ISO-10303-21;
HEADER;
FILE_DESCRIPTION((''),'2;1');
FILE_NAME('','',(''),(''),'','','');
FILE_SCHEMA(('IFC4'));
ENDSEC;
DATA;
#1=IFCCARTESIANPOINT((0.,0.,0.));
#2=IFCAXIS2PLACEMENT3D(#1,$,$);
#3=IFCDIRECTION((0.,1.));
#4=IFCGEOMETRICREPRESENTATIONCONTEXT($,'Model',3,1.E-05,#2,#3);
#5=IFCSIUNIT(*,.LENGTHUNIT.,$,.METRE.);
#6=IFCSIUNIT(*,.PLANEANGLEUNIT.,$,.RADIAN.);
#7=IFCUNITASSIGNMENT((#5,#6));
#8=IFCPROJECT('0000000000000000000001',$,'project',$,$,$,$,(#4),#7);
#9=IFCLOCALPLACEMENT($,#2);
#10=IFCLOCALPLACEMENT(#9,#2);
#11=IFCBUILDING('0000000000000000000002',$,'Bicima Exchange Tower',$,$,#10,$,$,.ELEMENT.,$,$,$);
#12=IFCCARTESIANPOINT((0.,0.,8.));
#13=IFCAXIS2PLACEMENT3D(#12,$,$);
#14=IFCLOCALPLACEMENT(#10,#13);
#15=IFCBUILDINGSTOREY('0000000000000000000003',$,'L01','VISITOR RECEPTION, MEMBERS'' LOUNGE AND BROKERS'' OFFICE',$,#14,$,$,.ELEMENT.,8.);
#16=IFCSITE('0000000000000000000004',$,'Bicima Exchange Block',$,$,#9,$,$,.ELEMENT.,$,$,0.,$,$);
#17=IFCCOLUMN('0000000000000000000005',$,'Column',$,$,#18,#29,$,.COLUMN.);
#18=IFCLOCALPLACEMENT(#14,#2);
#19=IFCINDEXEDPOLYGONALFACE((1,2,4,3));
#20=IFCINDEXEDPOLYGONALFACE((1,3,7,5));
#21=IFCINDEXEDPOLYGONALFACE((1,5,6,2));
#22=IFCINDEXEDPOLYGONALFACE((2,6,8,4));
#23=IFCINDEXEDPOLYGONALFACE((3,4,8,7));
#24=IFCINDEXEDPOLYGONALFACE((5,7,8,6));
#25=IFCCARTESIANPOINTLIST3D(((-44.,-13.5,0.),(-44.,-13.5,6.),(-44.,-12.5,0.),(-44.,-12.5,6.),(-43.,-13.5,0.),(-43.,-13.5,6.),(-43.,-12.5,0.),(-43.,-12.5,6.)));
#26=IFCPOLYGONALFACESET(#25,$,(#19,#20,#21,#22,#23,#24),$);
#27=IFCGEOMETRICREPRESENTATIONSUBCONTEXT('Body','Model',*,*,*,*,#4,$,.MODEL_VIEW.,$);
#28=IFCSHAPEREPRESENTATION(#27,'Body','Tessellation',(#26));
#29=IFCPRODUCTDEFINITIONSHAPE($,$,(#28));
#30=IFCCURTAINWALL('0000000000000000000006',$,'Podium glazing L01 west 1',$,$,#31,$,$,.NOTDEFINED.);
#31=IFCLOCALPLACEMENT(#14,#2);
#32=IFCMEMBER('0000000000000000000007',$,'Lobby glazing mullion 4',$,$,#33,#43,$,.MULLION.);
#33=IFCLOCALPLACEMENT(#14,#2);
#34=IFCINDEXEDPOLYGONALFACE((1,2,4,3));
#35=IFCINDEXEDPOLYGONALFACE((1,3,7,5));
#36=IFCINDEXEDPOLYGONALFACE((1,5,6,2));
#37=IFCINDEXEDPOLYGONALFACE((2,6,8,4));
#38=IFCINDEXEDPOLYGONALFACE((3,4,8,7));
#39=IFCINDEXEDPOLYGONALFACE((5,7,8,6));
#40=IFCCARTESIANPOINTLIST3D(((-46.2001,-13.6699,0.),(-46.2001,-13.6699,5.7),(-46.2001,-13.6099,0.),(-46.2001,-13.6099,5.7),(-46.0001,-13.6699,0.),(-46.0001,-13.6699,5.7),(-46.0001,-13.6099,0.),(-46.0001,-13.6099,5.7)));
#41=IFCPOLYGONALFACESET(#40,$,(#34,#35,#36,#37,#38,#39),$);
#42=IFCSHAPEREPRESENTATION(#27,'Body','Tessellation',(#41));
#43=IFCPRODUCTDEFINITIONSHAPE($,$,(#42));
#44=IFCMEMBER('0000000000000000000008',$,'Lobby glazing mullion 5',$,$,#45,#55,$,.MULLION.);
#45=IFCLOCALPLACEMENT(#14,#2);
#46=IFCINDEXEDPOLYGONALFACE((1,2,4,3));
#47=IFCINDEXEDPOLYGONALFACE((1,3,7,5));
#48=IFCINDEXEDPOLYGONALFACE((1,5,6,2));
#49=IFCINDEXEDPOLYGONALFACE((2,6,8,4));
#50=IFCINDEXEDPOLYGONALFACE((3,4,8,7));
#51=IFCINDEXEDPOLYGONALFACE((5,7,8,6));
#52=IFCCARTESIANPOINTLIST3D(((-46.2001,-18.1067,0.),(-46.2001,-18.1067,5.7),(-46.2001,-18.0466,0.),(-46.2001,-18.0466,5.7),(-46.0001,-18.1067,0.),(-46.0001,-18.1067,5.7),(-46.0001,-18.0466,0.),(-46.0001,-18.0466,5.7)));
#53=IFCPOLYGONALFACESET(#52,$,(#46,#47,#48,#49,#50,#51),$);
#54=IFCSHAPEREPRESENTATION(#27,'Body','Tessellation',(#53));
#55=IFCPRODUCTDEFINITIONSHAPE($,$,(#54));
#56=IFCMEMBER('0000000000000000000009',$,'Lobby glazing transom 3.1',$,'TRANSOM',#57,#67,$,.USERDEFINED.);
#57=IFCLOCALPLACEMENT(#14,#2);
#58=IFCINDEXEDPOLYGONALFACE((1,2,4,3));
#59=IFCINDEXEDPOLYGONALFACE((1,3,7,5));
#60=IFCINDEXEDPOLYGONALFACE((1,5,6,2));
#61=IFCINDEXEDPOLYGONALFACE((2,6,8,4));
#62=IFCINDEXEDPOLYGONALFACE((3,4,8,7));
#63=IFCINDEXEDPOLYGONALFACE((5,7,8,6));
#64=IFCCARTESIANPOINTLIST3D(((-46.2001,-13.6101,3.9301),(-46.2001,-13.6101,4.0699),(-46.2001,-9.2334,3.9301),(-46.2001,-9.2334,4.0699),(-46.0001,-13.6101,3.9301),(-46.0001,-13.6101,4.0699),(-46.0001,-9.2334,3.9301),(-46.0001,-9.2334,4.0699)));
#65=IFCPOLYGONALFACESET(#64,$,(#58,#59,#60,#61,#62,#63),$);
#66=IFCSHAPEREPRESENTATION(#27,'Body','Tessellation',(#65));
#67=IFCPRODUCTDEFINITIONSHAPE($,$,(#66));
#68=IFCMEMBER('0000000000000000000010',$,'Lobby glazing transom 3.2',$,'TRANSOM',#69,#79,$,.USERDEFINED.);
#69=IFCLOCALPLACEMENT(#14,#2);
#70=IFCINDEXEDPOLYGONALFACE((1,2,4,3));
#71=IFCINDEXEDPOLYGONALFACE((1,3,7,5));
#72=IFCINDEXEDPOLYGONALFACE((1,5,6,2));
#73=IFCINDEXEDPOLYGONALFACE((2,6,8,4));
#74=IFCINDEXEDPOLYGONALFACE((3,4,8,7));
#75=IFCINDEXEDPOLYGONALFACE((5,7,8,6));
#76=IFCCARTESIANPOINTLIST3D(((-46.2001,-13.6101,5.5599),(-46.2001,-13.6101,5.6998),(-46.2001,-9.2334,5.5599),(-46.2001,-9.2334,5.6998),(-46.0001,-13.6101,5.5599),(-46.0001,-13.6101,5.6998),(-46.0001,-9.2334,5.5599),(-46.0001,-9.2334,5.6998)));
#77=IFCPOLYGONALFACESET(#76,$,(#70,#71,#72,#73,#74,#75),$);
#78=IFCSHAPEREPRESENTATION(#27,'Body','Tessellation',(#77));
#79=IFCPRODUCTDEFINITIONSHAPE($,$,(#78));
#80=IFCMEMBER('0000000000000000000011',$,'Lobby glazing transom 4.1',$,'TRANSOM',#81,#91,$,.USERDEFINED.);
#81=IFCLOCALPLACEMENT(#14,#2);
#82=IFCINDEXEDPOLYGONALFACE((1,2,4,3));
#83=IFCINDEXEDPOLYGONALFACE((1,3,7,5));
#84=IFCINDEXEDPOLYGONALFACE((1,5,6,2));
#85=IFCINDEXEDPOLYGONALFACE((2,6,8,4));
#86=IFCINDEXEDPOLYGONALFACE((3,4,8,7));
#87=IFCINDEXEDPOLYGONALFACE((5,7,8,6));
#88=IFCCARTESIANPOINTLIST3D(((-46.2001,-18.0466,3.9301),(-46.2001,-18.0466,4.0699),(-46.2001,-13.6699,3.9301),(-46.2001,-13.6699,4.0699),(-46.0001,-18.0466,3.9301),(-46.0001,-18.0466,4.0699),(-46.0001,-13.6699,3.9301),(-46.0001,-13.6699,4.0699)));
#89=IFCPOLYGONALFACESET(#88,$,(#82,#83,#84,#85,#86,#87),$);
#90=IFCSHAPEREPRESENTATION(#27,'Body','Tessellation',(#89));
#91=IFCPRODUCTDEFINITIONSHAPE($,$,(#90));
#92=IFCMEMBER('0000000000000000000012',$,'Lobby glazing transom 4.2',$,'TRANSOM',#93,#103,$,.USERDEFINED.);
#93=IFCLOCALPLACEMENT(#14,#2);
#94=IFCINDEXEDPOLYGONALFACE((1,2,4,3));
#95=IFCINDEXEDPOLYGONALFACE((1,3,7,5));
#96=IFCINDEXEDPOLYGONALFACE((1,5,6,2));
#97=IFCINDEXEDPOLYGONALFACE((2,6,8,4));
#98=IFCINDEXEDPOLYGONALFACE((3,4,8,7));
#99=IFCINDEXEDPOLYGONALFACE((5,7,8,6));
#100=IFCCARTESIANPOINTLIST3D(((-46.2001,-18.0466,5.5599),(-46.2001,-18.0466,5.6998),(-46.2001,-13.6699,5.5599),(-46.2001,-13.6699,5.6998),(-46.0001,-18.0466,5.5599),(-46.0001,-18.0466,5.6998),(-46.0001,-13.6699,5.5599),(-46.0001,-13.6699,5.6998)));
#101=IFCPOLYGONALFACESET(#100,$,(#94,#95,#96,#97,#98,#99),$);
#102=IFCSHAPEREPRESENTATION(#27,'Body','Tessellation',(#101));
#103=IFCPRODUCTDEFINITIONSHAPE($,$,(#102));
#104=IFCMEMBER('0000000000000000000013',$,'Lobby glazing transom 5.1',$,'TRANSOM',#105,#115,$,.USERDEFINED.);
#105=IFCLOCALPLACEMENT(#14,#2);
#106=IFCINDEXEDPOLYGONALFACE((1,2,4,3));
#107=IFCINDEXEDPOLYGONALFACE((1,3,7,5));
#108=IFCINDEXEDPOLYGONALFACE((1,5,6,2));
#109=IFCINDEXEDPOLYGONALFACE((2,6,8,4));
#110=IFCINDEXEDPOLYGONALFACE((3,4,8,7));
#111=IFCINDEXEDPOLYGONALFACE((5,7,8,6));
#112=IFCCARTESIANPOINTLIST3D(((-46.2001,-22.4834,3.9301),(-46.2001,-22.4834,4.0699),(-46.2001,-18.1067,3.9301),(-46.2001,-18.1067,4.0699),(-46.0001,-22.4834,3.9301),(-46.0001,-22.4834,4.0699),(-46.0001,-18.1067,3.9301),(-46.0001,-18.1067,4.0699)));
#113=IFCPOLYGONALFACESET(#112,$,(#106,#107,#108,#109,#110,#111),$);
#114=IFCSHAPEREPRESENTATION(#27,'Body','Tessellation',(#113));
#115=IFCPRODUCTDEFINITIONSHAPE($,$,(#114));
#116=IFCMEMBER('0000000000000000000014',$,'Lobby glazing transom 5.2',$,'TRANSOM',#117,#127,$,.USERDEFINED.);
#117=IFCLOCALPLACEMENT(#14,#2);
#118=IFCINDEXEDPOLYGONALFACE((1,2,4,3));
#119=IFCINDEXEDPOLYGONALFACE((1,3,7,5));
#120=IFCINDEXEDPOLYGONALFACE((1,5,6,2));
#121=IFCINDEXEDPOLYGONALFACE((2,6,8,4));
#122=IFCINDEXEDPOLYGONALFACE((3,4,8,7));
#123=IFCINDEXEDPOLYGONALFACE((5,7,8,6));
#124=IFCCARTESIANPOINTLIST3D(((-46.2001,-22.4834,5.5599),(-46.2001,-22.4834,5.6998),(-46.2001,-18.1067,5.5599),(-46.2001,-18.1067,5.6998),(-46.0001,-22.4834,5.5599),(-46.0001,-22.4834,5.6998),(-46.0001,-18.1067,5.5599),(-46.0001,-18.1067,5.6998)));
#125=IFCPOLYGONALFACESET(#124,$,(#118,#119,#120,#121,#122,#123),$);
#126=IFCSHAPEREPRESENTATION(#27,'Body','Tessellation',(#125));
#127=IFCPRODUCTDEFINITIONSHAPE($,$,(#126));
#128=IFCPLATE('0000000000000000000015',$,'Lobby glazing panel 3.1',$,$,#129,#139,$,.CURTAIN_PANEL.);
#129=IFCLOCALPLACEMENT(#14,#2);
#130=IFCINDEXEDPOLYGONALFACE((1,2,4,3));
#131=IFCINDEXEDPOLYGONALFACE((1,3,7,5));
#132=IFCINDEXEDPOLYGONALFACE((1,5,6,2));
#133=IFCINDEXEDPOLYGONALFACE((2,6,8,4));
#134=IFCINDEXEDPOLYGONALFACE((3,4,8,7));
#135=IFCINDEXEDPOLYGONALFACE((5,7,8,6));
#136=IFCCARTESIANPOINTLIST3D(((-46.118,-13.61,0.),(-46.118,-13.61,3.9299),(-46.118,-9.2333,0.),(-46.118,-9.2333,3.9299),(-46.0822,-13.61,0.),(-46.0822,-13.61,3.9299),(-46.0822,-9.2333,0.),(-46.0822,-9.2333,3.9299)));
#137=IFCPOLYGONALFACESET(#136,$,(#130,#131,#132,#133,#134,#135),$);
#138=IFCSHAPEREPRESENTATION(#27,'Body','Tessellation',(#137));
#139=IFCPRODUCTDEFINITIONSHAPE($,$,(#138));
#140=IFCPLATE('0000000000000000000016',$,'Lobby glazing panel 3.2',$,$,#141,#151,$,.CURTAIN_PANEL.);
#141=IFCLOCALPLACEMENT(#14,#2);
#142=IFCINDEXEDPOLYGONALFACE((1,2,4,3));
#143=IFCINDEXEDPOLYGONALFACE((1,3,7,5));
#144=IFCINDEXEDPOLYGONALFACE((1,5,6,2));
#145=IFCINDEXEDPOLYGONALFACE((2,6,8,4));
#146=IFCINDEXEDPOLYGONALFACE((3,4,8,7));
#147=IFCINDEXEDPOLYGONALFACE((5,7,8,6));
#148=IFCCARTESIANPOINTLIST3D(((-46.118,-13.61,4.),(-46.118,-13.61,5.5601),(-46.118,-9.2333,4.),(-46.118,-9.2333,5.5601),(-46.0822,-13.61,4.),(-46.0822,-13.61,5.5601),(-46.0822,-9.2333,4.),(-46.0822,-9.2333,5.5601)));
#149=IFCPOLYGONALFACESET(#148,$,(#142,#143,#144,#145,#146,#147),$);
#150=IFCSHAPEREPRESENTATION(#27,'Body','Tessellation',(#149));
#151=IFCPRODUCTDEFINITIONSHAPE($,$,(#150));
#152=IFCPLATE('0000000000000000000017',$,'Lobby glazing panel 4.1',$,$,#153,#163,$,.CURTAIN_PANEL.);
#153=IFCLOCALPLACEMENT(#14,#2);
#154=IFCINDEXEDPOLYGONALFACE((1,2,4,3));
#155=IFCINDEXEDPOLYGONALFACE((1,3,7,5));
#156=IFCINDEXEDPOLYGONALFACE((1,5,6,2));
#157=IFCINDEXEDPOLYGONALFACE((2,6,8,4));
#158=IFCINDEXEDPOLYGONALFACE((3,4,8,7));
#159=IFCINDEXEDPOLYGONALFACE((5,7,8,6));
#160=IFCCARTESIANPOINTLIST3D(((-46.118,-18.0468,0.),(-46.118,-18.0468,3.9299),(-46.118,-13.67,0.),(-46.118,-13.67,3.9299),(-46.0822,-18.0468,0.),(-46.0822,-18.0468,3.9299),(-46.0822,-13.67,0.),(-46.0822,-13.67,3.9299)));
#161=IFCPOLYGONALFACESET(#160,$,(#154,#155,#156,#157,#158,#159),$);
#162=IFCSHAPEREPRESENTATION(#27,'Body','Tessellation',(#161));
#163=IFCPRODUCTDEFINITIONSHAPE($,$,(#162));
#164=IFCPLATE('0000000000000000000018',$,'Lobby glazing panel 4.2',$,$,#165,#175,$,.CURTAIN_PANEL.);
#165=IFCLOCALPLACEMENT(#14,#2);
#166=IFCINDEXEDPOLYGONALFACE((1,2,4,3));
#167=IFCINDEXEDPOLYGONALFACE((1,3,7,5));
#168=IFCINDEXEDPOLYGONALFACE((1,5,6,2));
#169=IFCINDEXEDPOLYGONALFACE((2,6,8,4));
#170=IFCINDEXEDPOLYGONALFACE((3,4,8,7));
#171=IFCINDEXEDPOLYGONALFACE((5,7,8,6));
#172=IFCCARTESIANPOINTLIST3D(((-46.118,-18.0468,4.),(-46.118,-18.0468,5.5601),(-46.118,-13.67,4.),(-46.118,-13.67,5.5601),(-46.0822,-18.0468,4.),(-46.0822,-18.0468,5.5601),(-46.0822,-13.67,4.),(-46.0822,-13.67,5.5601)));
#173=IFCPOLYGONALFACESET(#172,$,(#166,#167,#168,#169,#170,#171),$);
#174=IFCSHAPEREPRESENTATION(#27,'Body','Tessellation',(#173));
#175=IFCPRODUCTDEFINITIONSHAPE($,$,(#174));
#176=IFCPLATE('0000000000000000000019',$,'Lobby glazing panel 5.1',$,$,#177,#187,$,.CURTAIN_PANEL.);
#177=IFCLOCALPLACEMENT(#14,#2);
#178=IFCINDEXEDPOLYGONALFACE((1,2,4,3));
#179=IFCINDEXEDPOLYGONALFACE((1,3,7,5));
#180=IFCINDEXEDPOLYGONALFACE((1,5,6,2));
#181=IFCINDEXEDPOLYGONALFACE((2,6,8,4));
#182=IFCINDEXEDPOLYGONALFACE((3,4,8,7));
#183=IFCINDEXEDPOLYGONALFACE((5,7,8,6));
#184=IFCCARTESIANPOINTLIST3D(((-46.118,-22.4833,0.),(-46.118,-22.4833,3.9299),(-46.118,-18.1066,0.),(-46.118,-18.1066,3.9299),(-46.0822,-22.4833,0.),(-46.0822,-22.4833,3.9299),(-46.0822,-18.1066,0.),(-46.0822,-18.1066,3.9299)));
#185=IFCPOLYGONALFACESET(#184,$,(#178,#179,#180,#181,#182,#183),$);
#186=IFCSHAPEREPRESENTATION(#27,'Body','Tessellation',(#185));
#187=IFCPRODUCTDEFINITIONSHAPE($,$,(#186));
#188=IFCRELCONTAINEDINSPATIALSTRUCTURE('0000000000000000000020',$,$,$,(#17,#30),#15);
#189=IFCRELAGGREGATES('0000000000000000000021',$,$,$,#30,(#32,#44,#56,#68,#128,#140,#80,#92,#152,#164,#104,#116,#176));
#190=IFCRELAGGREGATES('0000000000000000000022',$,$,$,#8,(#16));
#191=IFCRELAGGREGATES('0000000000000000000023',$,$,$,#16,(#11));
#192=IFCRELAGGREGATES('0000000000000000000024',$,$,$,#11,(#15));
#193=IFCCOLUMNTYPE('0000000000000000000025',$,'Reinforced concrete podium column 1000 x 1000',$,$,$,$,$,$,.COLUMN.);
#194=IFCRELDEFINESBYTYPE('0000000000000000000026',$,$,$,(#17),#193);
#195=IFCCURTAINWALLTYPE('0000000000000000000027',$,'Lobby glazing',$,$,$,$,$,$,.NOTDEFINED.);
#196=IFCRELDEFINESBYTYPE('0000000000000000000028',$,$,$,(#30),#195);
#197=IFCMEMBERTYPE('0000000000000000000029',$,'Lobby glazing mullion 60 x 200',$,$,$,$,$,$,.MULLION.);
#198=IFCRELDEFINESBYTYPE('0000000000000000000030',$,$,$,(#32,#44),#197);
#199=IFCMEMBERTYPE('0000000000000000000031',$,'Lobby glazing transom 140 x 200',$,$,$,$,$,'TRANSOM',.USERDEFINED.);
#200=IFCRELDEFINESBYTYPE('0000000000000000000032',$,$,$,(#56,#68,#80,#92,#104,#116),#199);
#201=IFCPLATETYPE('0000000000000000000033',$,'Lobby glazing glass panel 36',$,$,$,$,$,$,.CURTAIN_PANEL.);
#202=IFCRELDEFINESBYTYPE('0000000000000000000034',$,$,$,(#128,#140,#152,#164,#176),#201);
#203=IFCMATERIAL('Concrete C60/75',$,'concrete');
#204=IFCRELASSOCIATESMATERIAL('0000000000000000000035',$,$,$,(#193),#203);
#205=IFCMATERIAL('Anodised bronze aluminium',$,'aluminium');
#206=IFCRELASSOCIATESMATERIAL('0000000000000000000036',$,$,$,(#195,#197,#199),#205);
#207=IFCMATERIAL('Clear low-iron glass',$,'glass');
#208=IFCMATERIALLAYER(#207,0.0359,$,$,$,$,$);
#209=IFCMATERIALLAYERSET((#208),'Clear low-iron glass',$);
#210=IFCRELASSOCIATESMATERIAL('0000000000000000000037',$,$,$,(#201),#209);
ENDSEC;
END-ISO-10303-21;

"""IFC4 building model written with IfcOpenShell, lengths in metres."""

from ifc_helpers import new_model, si_unit, direction, frame, origin, origin_2d, place, context, subcontext, project, spatial, rectangle, extrude, material, layer, layer_set, material_profile, profile_set, type_object, element, aggregate, save


model = new_model("IFC4")

# Units and contexts
model_context = context("Model", 3, precision=1e-05, world=origin(), true_north=direction((0.0, 1.0)))
body_context = subcontext(model_context, "Body", "Model", "MODEL_VIEW")
ifc_project = project(units=[si_unit("LENGTHUNIT", "METRE"), si_unit("PLANEANGLEUNIT", "RADIAN")], contexts=[model_context])

# Site, building, storey
site_placement = place(None, origin())
site = spatial("IfcSite", under=ifc_project, at=site_placement, Name="Bicima Exchange Block", CompositionType="ELEMENT", RefElevation=0.0)
building_placement = place(site_placement, origin())
building = spatial("IfcBuilding", under=site, at=building_placement, Name="Bicima Exchange Tower", CompositionType="ELEMENT")
storey_placement = place(building_placement, frame((0.0, 0.0, 8.0)))
storey = spatial("IfcBuildingStorey", under=building, at=storey_placement, Name="L01", Description="VISITOR RECEPTION, MEMBERS' LOUNGE AND BROKERS' OFFICE", CompositionType="ELEMENT", Elevation=8.0)

# Column
ifc_material_1 = material(Name="Concrete C60/75", Category="concrete")
ifc_material_profile_1 = material_profile(ifc_material_1, rectangle(XDim=1.0, YDim=1.0, at=origin_2d()))
ifc_profile_set_1 = profile_set([ifc_material_profile_1], Name="Concrete C60/75")
column_type = type_object("IfcColumnType", Name="Reinforced concrete podium column 1000 x 1000", PredefinedType="COLUMN", material=ifc_profile_set_1)
column_placement = place(storey_placement, frame((-43.5, -13.0, 0.0), z_axis=(0.0, 0.0, 1.0), x_axis=(1.0, 0.0, 0.0)))
element("IfcColumn", 1, at=column_placement, inside=storey, type_object=column_type, Name="Column", PredefinedType="COLUMN", context=body_context, shape_type="SweptSolid", body=[
    extrude(rectangle(XDim=1.0, YDim=1.0, at=origin_2d()), origin(), (0.0, 0.0, 1.0), 6.0),
])

# Curtain wall, members, plates
ifc_material_2 = material(Name="Anodised bronze aluminium", Category="aluminium")
curtain_wall_type = type_object("IfcCurtainWallType", Name="Lobby glazing", PredefinedType="NOTDEFINED", material=ifc_material_2)
curtain_wall_placement = place(storey_placement, origin())
curtain_wall = element("IfcCurtainWall", 2, at=curtain_wall_placement, inside=storey, type_object=curtain_wall_type, Name="Podium glazing L01 west 1", PredefinedType="NOTDEFINED")
ifc_material_profile_2 = material_profile(ifc_material_2, rectangle(XDim=0.2, YDim=0.0601, at=origin_2d()))
ifc_profile_set_2 = profile_set([ifc_material_profile_2], Name="Anodised bronze aluminium")
member_type_1 = type_object("IfcMemberType", Name="Lobby glazing mullion 60 x 200", PredefinedType="MULLION", material=ifc_profile_set_2)
member_1_placement = place(storey_placement, frame((-46.1001, -13.6399, 0.0), z_axis=(0.0, 0.0, 1.0), x_axis=(1.0, 0.0, 0.0)))
member_1 = element("IfcMember", 3, at=member_1_placement, type_object=member_type_1, Name="Lobby glazing mullion 4", PredefinedType="MULLION", context=body_context, shape_type="SweptSolid", body=[
    extrude(rectangle(XDim=0.2, YDim=0.0601, at=origin_2d()), origin(), (0.0, 0.0, 1.0), 5.7),
])
member_2_placement = place(storey_placement, frame((-46.1001, -18.0767, 0.0), z_axis=(0.0, 0.0, 1.0), x_axis=(1.0, 0.0, 0.0)))
member_2 = element("IfcMember", 4, at=member_2_placement, type_object=member_type_1, Name="Lobby glazing mullion 5", PredefinedType="MULLION", context=body_context, shape_type="SweptSolid", body=[
    extrude(rectangle(XDim=0.2, YDim=0.0601, at=origin_2d()), origin(), (0.0, 0.0, 1.0), 5.7),
])
ifc_material_profile_3 = material_profile(ifc_material_2, rectangle(XDim=0.2, YDim=0.1399, at=origin_2d()))
ifc_profile_set_3 = profile_set([ifc_material_profile_3], Name="Anodised bronze aluminium")
member_type_2 = type_object("IfcMemberType", Name="Lobby glazing transom 140 x 200", ElementType="TRANSOM", PredefinedType="USERDEFINED", material=ifc_profile_set_3)
member_3_placement = place(storey_placement, frame((-46.1001, -9.2334, 4.0), z_axis=(0.0, -1.0, 0.0), x_axis=(1.0, 0.0, 0.0)))
member_3 = element("IfcMember", 5, at=member_3_placement, type_object=member_type_2, Name="Lobby glazing transom 3.1", ObjectType="TRANSOM", PredefinedType="USERDEFINED", context=body_context, shape_type="SweptSolid", body=[
    extrude(rectangle(XDim=0.2, YDim=0.1399, at=origin_2d()), origin(), (0.0, 0.0, 1.0), 4.3767),
])
member_4_placement = place(storey_placement, frame((-46.1001, -9.2334, 5.6299), z_axis=(0.0, -1.0, 0.0), x_axis=(1.0, 0.0, 0.0)))
member_4 = element("IfcMember", 6, at=member_4_placement, type_object=member_type_2, Name="Lobby glazing transom 3.2", ObjectType="TRANSOM", PredefinedType="USERDEFINED", context=body_context, shape_type="SweptSolid", body=[
    extrude(rectangle(XDim=0.2, YDim=0.1399, at=origin_2d()), origin(), (0.0, 0.0, 1.0), 4.3767),
])
member_5_placement = place(storey_placement, frame((-46.1001, -13.6699, 4.0), z_axis=(0.0, -1.0, 0.0), x_axis=(1.0, 0.0, 0.0)))
member_5 = element("IfcMember", 7, at=member_5_placement, type_object=member_type_2, Name="Lobby glazing transom 4.1", ObjectType="TRANSOM", PredefinedType="USERDEFINED", context=body_context, shape_type="SweptSolid", body=[
    extrude(rectangle(XDim=0.2, YDim=0.1399, at=origin_2d()), origin(), (0.0, 0.0, 1.0), 4.3767),
])
member_6_placement = place(storey_placement, frame((-46.1001, -13.6699, 5.6299), z_axis=(0.0, -1.0, 0.0), x_axis=(1.0, 0.0, 0.0)))
member_6 = element("IfcMember", 8, at=member_6_placement, type_object=member_type_2, Name="Lobby glazing transom 4.2", ObjectType="TRANSOM", PredefinedType="USERDEFINED", context=body_context, shape_type="SweptSolid", body=[
    extrude(rectangle(XDim=0.2, YDim=0.1399, at=origin_2d()), origin(), (0.0, 0.0, 1.0), 4.3767),
])
member_7_placement = place(storey_placement, frame((-46.1001, -18.1067, 4.0), z_axis=(0.0, -1.0, 0.0), x_axis=(1.0, 0.0, 0.0)))
member_7 = element("IfcMember", 9, at=member_7_placement, type_object=member_type_2, Name="Lobby glazing transom 5.1", ObjectType="TRANSOM", PredefinedType="USERDEFINED", context=body_context, shape_type="SweptSolid", body=[
    extrude(rectangle(XDim=0.2, YDim=0.1399, at=origin_2d()), origin(), (0.0, 0.0, 1.0), 4.3767),
])
member_8_placement = place(storey_placement, frame((-46.1001, -18.1067, 5.6299), z_axis=(0.0, -1.0, 0.0), x_axis=(1.0, 0.0, 0.0)))
member_8 = element("IfcMember", 10, at=member_8_placement, type_object=member_type_2, Name="Lobby glazing transom 5.2", ObjectType="TRANSOM", PredefinedType="USERDEFINED", context=body_context, shape_type="SweptSolid", body=[
    extrude(rectangle(XDim=0.2, YDim=0.1399, at=origin_2d()), origin(), (0.0, 0.0, 1.0), 4.3767),
])
ifc_material_3 = material(Name="Clear low-iron glass", Category="glass")
ifc_layer_1 = layer(ifc_material_3, 0.0359)
ifc_layer_set_1 = layer_set([ifc_layer_1], Name="Clear low-iron glass")
plate_type = type_object("IfcPlateType", Name="Lobby glazing glass panel 36", PredefinedType="CURTAIN_PANEL", material=ifc_layer_set_1)
plate_1_placement = place(storey_placement, frame((-46.1001, -11.4216, 0.0), z_axis=(0.0, 0.0, 1.0), x_axis=(0.0, -1.0, 0.0)))
plate_1 = element("IfcPlate", 11, at=plate_1_placement, type_object=plate_type, Name="Lobby glazing panel 3.1", PredefinedType="CURTAIN_PANEL", context=body_context, shape_type="SweptSolid", body=[
    extrude(rectangle(XDim=4.3767, YDim=0.0359, at=origin_2d()), origin(), (0.0, 0.0, 1.0), 3.9299),
])
plate_2_placement = place(storey_placement, frame((-46.1001, -11.4216, 4.0), z_axis=(0.0, 0.0, 1.0), x_axis=(0.0, -1.0, 0.0)))
plate_2 = element("IfcPlate", 12, at=plate_2_placement, type_object=plate_type, Name="Lobby glazing panel 3.2", PredefinedType="CURTAIN_PANEL", context=body_context, shape_type="SweptSolid", body=[
    extrude(rectangle(XDim=4.3767, YDim=0.0359, at=origin_2d()), origin(), (0.0, 0.0, 1.0), 1.5601),
])
plate_3_placement = place(storey_placement, frame((-46.1001, -15.8584, 0.0), z_axis=(0.0, 0.0, 1.0), x_axis=(0.0, -1.0, 0.0)))
plate_3 = element("IfcPlate", 13, at=plate_3_placement, type_object=plate_type, Name="Lobby glazing panel 4.1", PredefinedType="CURTAIN_PANEL", context=body_context, shape_type="SweptSolid", body=[
    extrude(rectangle(XDim=4.3767, YDim=0.0359, at=origin_2d()), origin(), (0.0, 0.0, 1.0), 3.9299),
])
plate_4_placement = place(storey_placement, frame((-46.1001, -15.8584, 4.0), z_axis=(0.0, 0.0, 1.0), x_axis=(0.0, -1.0, 0.0)))
plate_4 = element("IfcPlate", 14, at=plate_4_placement, type_object=plate_type, Name="Lobby glazing panel 4.2", PredefinedType="CURTAIN_PANEL", context=body_context, shape_type="SweptSolid", body=[
    extrude(rectangle(XDim=4.3767, YDim=0.0359, at=origin_2d()), origin(), (0.0, 0.0, 1.0), 1.5601),
])
plate_5_placement = place(storey_placement, frame((-46.1001, -20.2949, 0.0), z_axis=(0.0, 0.0, 1.0), x_axis=(0.0, -1.0, 0.0)))
plate_5 = element("IfcPlate", 15, at=plate_5_placement, type_object=plate_type, Name="Lobby glazing panel 5.1", PredefinedType="CURTAIN_PANEL", context=body_context, shape_type="SweptSolid", body=[
    extrude(rectangle(XDim=4.3767, YDim=0.0359, at=origin_2d()), origin(), (0.0, 0.0, 1.0), 3.9299),
])
aggregate(curtain_wall, [member_1, member_2, member_3, member_4, plate_1, plate_2, member_5, member_6, plate_3, plate_4, member_7, member_8, plate_5])

save(model, "model.ifc")
